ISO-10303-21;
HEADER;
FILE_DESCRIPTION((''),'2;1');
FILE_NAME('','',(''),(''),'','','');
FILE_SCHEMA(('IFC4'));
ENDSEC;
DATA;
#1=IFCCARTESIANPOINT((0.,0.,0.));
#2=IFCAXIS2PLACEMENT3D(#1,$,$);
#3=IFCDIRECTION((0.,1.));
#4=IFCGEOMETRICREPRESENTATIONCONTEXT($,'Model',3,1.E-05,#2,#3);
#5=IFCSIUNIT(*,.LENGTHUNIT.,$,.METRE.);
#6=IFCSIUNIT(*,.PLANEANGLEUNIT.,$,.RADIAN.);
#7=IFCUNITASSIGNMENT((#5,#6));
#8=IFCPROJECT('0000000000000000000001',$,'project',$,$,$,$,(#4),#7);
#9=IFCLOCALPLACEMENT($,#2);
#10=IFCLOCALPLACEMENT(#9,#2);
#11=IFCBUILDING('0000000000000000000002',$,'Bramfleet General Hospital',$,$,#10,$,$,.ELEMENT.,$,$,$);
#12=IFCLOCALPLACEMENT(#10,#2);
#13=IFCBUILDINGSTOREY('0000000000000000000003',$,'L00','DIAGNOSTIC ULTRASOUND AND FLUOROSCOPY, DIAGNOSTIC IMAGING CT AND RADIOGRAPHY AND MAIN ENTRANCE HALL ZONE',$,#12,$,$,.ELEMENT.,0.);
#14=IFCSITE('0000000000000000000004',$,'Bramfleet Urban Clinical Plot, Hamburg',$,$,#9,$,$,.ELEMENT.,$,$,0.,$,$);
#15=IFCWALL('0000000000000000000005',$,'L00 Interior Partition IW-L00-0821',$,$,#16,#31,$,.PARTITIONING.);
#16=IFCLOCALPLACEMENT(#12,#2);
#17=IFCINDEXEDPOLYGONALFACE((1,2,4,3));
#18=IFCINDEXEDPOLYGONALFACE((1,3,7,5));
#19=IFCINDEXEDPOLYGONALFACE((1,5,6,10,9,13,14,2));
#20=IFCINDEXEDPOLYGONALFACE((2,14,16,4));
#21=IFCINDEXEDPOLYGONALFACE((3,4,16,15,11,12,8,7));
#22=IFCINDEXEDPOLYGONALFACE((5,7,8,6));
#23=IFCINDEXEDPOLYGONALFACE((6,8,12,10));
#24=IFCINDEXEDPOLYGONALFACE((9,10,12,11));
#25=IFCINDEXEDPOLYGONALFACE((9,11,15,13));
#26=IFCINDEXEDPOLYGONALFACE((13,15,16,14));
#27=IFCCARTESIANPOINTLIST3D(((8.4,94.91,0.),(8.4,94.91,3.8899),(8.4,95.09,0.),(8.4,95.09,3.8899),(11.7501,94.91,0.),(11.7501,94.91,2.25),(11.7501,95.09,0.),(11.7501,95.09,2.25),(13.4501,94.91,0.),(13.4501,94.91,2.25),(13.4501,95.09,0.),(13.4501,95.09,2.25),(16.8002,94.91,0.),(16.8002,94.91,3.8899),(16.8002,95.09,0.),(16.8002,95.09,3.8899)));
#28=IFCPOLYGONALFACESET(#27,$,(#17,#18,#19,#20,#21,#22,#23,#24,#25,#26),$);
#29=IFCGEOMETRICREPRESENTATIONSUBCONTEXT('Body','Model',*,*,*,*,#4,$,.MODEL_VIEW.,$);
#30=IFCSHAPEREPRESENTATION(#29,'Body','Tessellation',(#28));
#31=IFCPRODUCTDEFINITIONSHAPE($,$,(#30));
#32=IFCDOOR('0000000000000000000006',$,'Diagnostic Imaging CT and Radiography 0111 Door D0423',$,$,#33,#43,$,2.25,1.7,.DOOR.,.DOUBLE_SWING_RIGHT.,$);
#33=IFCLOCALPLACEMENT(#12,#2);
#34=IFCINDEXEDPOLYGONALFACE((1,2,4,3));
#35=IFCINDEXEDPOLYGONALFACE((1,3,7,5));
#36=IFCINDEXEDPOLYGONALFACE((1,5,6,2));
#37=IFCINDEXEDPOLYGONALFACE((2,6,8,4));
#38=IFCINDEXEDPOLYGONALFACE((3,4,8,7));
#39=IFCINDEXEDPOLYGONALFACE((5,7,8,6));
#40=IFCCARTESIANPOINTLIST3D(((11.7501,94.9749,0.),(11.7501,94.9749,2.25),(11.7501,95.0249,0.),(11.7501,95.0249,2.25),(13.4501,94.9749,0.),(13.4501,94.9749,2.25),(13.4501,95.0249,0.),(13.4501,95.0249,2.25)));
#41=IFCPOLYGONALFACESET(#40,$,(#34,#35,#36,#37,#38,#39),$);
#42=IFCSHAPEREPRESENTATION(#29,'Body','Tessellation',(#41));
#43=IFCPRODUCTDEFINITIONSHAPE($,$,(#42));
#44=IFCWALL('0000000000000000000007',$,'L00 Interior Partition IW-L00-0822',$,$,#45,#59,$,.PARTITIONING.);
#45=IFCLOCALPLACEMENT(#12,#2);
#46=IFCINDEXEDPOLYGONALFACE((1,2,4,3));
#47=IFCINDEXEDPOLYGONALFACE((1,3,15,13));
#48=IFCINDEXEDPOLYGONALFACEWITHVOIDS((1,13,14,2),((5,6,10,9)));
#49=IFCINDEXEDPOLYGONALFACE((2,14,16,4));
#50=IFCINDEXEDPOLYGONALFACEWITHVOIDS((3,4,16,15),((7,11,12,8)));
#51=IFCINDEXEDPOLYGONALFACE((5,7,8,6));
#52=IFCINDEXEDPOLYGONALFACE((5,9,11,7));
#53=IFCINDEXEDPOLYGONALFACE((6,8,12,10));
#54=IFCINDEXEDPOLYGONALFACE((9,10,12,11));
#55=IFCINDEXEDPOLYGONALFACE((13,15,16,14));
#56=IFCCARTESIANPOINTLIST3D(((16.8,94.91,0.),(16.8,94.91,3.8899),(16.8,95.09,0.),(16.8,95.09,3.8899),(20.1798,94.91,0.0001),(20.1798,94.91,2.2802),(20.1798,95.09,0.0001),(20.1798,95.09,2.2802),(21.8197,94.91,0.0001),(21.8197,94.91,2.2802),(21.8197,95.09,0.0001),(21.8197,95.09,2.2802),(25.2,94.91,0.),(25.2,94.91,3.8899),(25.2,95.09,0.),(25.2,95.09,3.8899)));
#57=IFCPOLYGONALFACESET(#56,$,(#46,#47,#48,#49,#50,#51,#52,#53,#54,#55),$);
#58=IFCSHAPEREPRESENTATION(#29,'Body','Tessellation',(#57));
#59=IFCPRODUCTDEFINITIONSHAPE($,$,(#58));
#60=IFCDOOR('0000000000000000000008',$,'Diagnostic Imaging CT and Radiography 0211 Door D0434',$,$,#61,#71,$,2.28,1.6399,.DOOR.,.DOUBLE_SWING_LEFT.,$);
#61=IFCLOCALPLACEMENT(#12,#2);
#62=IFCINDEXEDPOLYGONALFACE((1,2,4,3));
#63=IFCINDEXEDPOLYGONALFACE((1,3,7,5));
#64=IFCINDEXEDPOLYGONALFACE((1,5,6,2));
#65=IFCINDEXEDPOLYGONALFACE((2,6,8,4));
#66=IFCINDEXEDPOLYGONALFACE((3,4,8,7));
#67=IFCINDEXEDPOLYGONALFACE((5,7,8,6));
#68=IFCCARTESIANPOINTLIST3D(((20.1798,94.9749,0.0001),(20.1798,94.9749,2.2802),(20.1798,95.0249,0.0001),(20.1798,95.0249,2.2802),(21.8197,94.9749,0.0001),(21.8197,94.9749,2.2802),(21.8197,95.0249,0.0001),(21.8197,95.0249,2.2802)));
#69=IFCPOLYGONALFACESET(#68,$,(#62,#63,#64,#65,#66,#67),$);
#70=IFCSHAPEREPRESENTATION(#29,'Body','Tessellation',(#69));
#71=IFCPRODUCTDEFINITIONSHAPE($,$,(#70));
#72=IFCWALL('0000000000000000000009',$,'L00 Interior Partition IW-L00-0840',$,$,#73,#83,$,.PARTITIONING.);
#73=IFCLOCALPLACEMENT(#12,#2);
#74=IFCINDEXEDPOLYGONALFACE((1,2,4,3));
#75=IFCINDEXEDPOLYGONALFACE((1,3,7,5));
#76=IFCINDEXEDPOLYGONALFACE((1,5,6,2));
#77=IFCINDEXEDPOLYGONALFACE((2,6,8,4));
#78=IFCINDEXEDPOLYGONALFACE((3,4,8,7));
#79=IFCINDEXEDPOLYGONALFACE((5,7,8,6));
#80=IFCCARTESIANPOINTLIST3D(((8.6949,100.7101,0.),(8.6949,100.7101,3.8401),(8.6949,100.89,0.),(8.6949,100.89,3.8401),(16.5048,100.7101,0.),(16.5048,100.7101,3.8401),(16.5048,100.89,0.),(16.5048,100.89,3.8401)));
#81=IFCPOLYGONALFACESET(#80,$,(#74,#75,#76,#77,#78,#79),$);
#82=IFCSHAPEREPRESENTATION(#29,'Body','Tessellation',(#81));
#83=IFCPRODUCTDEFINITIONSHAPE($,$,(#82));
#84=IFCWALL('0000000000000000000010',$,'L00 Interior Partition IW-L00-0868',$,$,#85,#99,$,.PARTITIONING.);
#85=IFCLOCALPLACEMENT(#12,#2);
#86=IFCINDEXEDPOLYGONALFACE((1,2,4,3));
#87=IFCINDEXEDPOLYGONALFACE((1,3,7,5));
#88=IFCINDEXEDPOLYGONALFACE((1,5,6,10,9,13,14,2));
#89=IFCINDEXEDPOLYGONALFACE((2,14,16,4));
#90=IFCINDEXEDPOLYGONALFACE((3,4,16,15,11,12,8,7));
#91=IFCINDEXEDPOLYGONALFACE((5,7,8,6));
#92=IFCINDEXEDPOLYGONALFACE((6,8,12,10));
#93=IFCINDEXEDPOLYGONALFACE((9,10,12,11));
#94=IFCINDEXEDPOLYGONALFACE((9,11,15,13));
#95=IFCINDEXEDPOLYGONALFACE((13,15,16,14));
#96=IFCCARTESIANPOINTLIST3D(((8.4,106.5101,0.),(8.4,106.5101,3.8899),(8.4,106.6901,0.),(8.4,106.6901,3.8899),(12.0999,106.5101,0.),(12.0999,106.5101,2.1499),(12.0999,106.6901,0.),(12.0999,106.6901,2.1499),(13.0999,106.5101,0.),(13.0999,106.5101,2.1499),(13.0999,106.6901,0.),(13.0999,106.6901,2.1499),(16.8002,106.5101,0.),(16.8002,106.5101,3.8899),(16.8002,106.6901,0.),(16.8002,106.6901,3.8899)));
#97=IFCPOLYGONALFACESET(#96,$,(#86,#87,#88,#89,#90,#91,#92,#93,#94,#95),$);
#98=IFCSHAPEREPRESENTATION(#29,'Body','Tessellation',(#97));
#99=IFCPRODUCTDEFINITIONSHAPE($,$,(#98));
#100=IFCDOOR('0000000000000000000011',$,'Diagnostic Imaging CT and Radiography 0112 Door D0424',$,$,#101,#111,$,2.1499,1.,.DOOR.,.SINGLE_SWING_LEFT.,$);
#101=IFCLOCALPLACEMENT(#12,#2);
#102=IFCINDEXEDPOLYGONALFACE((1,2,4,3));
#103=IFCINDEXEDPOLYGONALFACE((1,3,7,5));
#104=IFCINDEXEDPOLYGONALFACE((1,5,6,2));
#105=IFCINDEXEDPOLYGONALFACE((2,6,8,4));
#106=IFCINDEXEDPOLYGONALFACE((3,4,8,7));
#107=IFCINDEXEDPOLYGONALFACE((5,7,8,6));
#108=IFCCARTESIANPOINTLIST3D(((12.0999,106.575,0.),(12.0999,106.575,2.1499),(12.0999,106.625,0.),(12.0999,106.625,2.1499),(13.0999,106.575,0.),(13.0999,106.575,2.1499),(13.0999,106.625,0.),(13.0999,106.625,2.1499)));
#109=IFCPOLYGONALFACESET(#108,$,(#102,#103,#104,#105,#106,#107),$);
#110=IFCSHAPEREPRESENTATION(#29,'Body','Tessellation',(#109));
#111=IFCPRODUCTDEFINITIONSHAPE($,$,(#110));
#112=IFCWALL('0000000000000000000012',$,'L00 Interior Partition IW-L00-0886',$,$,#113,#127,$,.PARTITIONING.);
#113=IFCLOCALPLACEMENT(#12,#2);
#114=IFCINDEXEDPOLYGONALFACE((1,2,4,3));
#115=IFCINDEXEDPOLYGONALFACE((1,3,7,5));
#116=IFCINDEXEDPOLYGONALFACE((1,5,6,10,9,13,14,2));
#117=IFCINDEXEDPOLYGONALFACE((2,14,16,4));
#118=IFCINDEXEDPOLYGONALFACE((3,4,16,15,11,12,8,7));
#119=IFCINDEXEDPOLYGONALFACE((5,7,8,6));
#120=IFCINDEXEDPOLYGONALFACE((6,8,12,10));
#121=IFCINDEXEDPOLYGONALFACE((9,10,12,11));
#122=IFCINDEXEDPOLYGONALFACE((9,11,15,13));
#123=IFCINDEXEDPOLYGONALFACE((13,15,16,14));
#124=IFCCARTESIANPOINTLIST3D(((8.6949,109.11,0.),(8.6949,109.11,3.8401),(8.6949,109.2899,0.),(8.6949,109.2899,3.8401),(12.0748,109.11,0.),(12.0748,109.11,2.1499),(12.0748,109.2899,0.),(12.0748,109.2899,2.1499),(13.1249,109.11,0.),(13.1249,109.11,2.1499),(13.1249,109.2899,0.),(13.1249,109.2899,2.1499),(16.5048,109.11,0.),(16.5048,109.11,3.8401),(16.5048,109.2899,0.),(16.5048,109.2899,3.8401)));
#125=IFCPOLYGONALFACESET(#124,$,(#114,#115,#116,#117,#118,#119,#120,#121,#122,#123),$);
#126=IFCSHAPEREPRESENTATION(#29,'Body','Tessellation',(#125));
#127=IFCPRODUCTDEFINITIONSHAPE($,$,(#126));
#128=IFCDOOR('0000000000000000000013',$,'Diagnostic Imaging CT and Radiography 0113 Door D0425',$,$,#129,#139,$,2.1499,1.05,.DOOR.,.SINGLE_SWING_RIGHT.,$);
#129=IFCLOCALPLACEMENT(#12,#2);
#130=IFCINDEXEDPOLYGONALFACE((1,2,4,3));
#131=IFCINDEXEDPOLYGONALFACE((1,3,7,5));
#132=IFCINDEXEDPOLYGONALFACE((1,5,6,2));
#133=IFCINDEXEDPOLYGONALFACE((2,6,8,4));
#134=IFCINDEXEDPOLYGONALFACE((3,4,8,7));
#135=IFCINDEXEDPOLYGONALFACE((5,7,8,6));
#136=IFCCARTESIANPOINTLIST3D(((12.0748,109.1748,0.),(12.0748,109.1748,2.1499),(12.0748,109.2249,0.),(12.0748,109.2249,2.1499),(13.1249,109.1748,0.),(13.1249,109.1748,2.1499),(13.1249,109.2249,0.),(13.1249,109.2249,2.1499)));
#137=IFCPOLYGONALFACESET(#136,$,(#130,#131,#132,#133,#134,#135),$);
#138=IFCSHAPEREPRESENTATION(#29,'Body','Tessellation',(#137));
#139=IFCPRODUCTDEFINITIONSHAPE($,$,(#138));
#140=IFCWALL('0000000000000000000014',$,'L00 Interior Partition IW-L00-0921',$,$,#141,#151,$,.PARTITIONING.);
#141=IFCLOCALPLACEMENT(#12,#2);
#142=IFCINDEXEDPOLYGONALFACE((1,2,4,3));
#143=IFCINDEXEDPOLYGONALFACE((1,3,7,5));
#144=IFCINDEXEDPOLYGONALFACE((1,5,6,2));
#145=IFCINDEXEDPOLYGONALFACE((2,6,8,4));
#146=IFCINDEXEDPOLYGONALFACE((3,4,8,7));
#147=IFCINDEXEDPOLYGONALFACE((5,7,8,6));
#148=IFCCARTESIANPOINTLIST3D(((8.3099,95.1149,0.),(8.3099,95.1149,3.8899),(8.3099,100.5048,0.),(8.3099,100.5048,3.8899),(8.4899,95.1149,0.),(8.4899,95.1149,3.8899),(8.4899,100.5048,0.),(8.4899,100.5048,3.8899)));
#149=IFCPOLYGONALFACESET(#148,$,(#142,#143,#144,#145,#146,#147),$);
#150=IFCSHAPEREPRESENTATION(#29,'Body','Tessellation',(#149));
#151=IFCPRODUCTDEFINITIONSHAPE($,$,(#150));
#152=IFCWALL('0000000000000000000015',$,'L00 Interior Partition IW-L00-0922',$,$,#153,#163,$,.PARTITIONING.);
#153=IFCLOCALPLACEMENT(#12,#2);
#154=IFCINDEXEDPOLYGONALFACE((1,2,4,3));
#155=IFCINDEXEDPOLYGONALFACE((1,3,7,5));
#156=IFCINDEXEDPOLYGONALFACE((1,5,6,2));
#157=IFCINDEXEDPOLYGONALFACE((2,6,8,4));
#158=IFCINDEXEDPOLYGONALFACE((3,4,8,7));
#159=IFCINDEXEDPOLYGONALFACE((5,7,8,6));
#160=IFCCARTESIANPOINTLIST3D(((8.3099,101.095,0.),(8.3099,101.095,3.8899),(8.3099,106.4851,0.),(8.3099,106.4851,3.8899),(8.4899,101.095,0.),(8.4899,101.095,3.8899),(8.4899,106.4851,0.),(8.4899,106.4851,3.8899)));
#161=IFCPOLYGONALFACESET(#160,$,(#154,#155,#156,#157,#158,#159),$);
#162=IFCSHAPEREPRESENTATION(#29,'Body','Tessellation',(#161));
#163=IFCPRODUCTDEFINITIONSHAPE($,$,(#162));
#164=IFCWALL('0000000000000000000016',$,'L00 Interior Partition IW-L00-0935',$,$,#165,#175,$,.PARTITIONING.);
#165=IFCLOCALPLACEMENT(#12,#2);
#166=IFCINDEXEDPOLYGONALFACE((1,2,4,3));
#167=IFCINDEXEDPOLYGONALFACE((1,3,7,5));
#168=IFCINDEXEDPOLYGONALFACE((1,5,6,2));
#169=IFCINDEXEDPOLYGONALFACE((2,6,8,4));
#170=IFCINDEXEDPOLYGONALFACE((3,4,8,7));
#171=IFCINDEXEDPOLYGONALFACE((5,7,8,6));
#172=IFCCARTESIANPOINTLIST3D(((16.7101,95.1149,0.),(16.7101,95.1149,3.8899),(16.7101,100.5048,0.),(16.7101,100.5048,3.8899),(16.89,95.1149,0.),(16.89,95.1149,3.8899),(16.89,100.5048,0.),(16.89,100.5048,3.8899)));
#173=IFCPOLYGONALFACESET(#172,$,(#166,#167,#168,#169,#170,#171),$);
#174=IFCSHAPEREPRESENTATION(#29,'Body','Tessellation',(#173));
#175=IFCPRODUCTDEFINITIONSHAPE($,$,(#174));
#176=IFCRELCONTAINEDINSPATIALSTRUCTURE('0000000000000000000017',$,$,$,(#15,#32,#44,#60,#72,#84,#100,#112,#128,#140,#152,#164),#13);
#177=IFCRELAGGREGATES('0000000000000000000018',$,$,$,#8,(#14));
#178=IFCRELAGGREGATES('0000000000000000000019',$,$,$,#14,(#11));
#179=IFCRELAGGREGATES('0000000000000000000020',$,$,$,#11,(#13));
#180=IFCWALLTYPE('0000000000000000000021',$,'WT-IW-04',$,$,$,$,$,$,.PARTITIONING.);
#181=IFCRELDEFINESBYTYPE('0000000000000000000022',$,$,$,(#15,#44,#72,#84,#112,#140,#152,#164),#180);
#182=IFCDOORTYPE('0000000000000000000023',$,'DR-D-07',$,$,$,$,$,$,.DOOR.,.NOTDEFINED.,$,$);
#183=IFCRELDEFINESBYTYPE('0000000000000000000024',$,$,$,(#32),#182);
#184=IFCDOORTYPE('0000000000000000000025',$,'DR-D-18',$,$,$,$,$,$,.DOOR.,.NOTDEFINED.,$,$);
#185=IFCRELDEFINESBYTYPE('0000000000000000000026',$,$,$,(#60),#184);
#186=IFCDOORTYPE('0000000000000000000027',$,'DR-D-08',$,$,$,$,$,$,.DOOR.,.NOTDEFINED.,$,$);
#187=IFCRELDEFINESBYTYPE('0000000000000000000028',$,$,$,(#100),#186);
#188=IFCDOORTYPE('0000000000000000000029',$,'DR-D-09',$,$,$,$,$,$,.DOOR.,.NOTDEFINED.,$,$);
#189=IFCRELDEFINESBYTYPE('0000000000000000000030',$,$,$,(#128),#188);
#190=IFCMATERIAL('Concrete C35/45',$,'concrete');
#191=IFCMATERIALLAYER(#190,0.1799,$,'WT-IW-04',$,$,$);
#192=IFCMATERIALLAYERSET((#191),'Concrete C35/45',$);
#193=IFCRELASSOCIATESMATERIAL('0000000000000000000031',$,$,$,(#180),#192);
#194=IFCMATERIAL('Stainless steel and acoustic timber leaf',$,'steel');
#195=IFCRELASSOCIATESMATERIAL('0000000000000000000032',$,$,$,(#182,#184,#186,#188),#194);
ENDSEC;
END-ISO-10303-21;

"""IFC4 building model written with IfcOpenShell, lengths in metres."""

from ifc_helpers import new_model, si_unit, direction, frame, frame_2d, origin, place, context, subcontext, project, spatial, rectangle, extrude, material, layer, layer_set, type_object, element, fill, save


model = new_model("IFC4")

# Units and contexts
model_context = context("Model", 3, precision=1e-05, world=origin(), true_north=direction((0.0, 1.0)))
body_context = subcontext(model_context, "Body", "Model", "MODEL_VIEW")
ifc_project = project(units=[si_unit("LENGTHUNIT", "METRE"), si_unit("PLANEANGLEUNIT", "RADIAN")], contexts=[model_context])

# Site, building, storey
site_placement = place(None, origin())
site = spatial("IfcSite", under=ifc_project, at=site_placement, Name="Bramfleet Urban Clinical Plot, Hamburg", CompositionType="ELEMENT", RefElevation=0.0)
building_placement = place(site_placement, origin())
building = spatial("IfcBuilding", under=site, at=building_placement, Name="Bramfleet General Hospital", CompositionType="ELEMENT")
storey_placement = place(building_placement, origin())
storey = spatial("IfcBuildingStorey", under=building, at=storey_placement, Name="L00", Description="DIAGNOSTIC ULTRASOUND AND FLUOROSCOPY, DIAGNOSTIC IMAGING CT AND RADIOGRAPHY AND MAIN ENTRANCE HALL ZONE", CompositionType="ELEMENT", Elevation=0.0)

# Shared definitions
ifc_material_1 = material(Name="Concrete C35/45", Category="concrete")

# Walls, openings, doors
ifc_layer = layer(ifc_material_1, 0.1799, Name="WT-IW-04")
ifc_layer_set = layer_set([ifc_layer], Name="Concrete C35/45")
wall_type = type_object("IfcWallType", Name="WT-IW-04", PredefinedType="PARTITIONING", material=ifc_layer_set)
ifc_material_2 = material(Name="Stainless steel and acoustic timber leaf", Category="steel")
wall_1_placement = place(storey_placement, frame((8.3999, 95.0, 0.0), z_axis=(0.0, 0.0, 1.0), x_axis=(1.0, 0.0, 0.0)))
wall_1 = element("IfcWall", 1, at=wall_1_placement, inside=storey, type_object=wall_type, Name="L00 Interior Partition IW-L00-0821", PredefinedType="PARTITIONING", context=body_context, shape_type="SweptSolid", body=[
    extrude(rectangle(XDim=8.4001, YDim=0.1799, at=frame_2d((4.2002, 0.0))), origin(), (0.0, 0.0, 1.0), 3.8899),
])
opening_1_placement = place(wall_1_placement, frame((3.3501, 0.0, 0.0)))
opening_1 = element("IfcOpeningElement", 2, at=opening_1_placement, cuts=wall_1, PredefinedType="OPENING", context=body_context, shape_type="SweptSolid", body=[
    extrude(rectangle(XDim=1.7, YDim=2.25, at=frame_2d((0.8501, 1.125))), frame((0.0, 0.0999, 0.0), z_axis=(0.0, -1.0, 0.0), x_axis=(1.0, 0.0, 0.0)), (0.0, 0.0, 1.0), 0.2),
])
door_type_1 = type_object("IfcDoorType", Name="DR-D-07", OperationType="NOTDEFINED", PredefinedType="DOOR", material=ifc_material_2)
door_1_placement = place(opening_1_placement, origin())
door_1 = element("IfcDoor", 3, at=door_1_placement, inside=storey, type_object=door_type_1, Name="Diagnostic Imaging CT and Radiography 0111 Door D0423", OperationType="DOUBLE_SWING_RIGHT", OverallHeight=2.25, OverallWidth=1.7, PredefinedType="DOOR", context=body_context, shape_type="SweptSolid", body=[
    extrude(rectangle(XDim=1.7, YDim=2.25, at=frame_2d((0.8501, 1.125))), frame((0.0, 0.0249, 0.0), z_axis=(0.0, -1.0, 0.0), x_axis=(1.0, 0.0, 0.0)), (0.0, 0.0, 1.0), 0.05),
])
fill(opening_1, door_1)
wall_2_placement = place(storey_placement, frame((16.8, 95.0, 0.0), z_axis=(0.0, 0.0, 1.0), x_axis=(1.0, 0.0, 0.0)))
wall_2 = element("IfcWall", 4, at=wall_2_placement, inside=storey, type_object=wall_type, Name="L00 Interior Partition IW-L00-0822", PredefinedType="PARTITIONING", context=body_context, shape_type="SweptSolid", body=[
    extrude(rectangle(XDim=8.3999, YDim=0.1799, at=frame_2d((4.2, 0.0))), origin(), (0.0, 0.0, 1.0), 3.8899),
])
opening_2_placement = place(wall_2_placement, frame((3.3799, 0.0, 0.0)))
opening_2 = element("IfcOpeningElement", 5, at=opening_2_placement, cuts=wall_2, PredefinedType="OPENING", context=body_context, shape_type="SweptSolid", body=[
    extrude(rectangle(XDim=1.6399, YDim=2.28, at=frame_2d((0.8198, 1.1401))), frame((0.0, 0.0999, 0.0), z_axis=(0.0, -1.0, 0.0), x_axis=(1.0, 0.0, 0.0)), (0.0, 0.0, 1.0), 0.2),
])
door_type_2 = type_object("IfcDoorType", Name="DR-D-18", OperationType="NOTDEFINED", PredefinedType="DOOR", material=ifc_material_2)
door_2_placement = place(opening_2_placement, origin())
door_2 = element("IfcDoor", 6, at=door_2_placement, inside=storey, type_object=door_type_2, Name="Diagnostic Imaging CT and Radiography 0211 Door D0434", OperationType="DOUBLE_SWING_LEFT", OverallHeight=2.28, OverallWidth=1.6399, PredefinedType="DOOR", context=body_context, shape_type="SweptSolid", body=[
    extrude(rectangle(XDim=1.6399, YDim=2.28, at=frame_2d((0.8198, 1.1401))), frame((0.0, 0.0249, 0.0), z_axis=(0.0, -1.0, 0.0), x_axis=(1.0, 0.0, 0.0)), (0.0, 0.0, 1.0), 0.05),
])
fill(opening_2, door_2)

# Wall
wall_3_placement = place(storey_placement, frame((8.6951, 100.8, 0.0), z_axis=(0.0, 0.0, 1.0), x_axis=(1.0, 0.0, 0.0)))
element("IfcWall", 7, at=wall_3_placement, inside=storey, type_object=wall_type, Name="L00 Interior Partition IW-L00-0840", PredefinedType="PARTITIONING", context=body_context, shape_type="SweptSolid", body=[
    extrude(rectangle(XDim=7.8098, YDim=0.1799, at=frame_2d((3.9048, 0.0))), origin(), (0.0, 0.0, 1.0), 3.8401),
])

# Walls, openings, doors
wall_4_placement = place(storey_placement, frame((8.3999, 106.6001, 0.0), z_axis=(0.0, 0.0, 1.0), x_axis=(1.0, 0.0, 0.0)))
wall_4 = element("IfcWall", 8, at=wall_4_placement, inside=storey, type_object=wall_type, Name="L00 Interior Partition IW-L00-0868", PredefinedType="PARTITIONING", context=body_context, shape_type="SweptSolid", body=[
    extrude(rectangle(XDim=8.4001, YDim=0.1799, at=frame_2d((4.2002, 0.0))), origin(), (0.0, 0.0, 1.0), 3.8899),
])
opening_3_placement = place(wall_4_placement, frame((3.7, 0.0, 0.0)))
opening_3 = element("IfcOpeningElement", 9, at=opening_3_placement, cuts=wall_4, PredefinedType="OPENING", context=body_context, shape_type="SweptSolid", body=[
    extrude(rectangle(XDim=1.0, YDim=2.1499, at=frame_2d((0.5, 1.075))), frame((0.0, 0.0999, 0.0), z_axis=(0.0, -1.0, 0.0), x_axis=(1.0, 0.0, 0.0)), (0.0, 0.0, 1.0), 0.2),
])
door_type_3 = type_object("IfcDoorType", Name="DR-D-08", OperationType="NOTDEFINED", PredefinedType="DOOR", material=ifc_material_2)
door_3_placement = place(opening_3_placement, origin())
door_3 = element("IfcDoor", 10, at=door_3_placement, inside=storey, type_object=door_type_3, Name="Diagnostic Imaging CT and Radiography 0112 Door D0424", OperationType="SINGLE_SWING_LEFT", OverallHeight=2.1499, OverallWidth=1.0, PredefinedType="DOOR", context=body_context, shape_type="SweptSolid", body=[
    extrude(rectangle(XDim=1.0, YDim=2.1499, at=frame_2d((0.5, 1.075))), frame((0.0, 0.0249, 0.0), z_axis=(0.0, -1.0, 0.0), x_axis=(1.0, 0.0, 0.0)), (0.0, 0.0, 1.0), 0.05),
])
fill(opening_3, door_3)
wall_5_placement = place(storey_placement, frame((8.6951, 109.2, 0.0), z_axis=(0.0, 0.0, 1.0), x_axis=(1.0, 0.0, 0.0)))
wall_5 = element("IfcWall", 11, at=wall_5_placement, inside=storey, type_object=wall_type, Name="L00 Interior Partition IW-L00-0886", PredefinedType="PARTITIONING", context=body_context, shape_type="SweptSolid", body=[
    extrude(rectangle(XDim=7.8098, YDim=0.1799, at=frame_2d((3.9048, 0.0))), origin(), (0.0, 0.0, 1.0), 3.8401),
])
opening_4_placement = place(wall_5_placement, frame((3.3799, 0.0, 0.0)))
opening_4 = element("IfcOpeningElement", 12, at=opening_4_placement, cuts=wall_5, PredefinedType="OPENING", context=body_context, shape_type="SweptSolid", body=[
    extrude(rectangle(XDim=1.05, YDim=2.1499, at=frame_2d((0.5249, 1.075))), frame((0.0, 0.0999, 0.0), z_axis=(0.0, -1.0, 0.0), x_axis=(1.0, 0.0, 0.0)), (0.0, 0.0, 1.0), 0.2),
])
door_type_4 = type_object("IfcDoorType", Name="DR-D-09", OperationType="NOTDEFINED", PredefinedType="DOOR", material=ifc_material_2)
door_4_placement = place(opening_4_placement, origin())
door_4 = element("IfcDoor", 13, at=door_4_placement, inside=storey, type_object=door_type_4, Name="Diagnostic Imaging CT and Radiography 0113 Door D0425", OperationType="SINGLE_SWING_RIGHT", OverallHeight=2.1499, OverallWidth=1.05, PredefinedType="DOOR", context=body_context, shape_type="SweptSolid", body=[
    extrude(rectangle(XDim=1.05, YDim=2.1499, at=frame_2d((0.5249, 1.075))), frame((0.0, 0.0249, 0.0), z_axis=(0.0, -1.0, 0.0), x_axis=(1.0, 0.0, 0.0)), (0.0, 0.0, 1.0), 0.05),
])
fill(opening_4, door_4)

# Walls
wall_6_placement = place(storey_placement, frame((8.3999, 95.115, 0.0), z_axis=(0.0, 0.0, 1.0), x_axis=(0.0, 1.0, 0.0)))
element("IfcWall", 14, at=wall_6_placement, inside=storey, type_object=wall_type, Name="L00 Interior Partition IW-L00-0921", PredefinedType="PARTITIONING", context=body_context, shape_type="SweptSolid", body=[
    extrude(rectangle(XDim=5.3899, YDim=0.1799, at=frame_2d((2.6948, 0.0))), origin(), (0.0, 0.0, 1.0), 3.8899),
])
wall_7_placement = place(storey_placement, frame((8.3999, 101.095, 0.0), z_axis=(0.0, 0.0, 1.0), x_axis=(0.0, 1.0, 0.0)))
element("IfcWall", 15, at=wall_7_placement, inside=storey, type_object=wall_type, Name="L00 Interior Partition IW-L00-0922", PredefinedType="PARTITIONING", context=body_context, shape_type="SweptSolid", body=[
    extrude(rectangle(XDim=5.3901, YDim=0.1799, at=frame_2d((2.6951, 0.0))), origin(), (0.0, 0.0, 1.0), 3.8899),
])
wall_8_placement = place(storey_placement, frame((16.8, 95.115, 0.0), z_axis=(0.0, 0.0, 1.0), x_axis=(0.0, 1.0, 0.0)))
element("IfcWall", 16, at=wall_8_placement, inside=storey, type_object=wall_type, Name="L00 Interior Partition IW-L00-0935", PredefinedType="PARTITIONING", context=body_context, shape_type="SweptSolid", body=[
    extrude(rectangle(XDim=5.3899, YDim=0.1799, at=frame_2d((2.6948, 0.0))), origin(), (0.0, 0.0, 1.0), 3.8899),
])

save(model, "model.ifc")
